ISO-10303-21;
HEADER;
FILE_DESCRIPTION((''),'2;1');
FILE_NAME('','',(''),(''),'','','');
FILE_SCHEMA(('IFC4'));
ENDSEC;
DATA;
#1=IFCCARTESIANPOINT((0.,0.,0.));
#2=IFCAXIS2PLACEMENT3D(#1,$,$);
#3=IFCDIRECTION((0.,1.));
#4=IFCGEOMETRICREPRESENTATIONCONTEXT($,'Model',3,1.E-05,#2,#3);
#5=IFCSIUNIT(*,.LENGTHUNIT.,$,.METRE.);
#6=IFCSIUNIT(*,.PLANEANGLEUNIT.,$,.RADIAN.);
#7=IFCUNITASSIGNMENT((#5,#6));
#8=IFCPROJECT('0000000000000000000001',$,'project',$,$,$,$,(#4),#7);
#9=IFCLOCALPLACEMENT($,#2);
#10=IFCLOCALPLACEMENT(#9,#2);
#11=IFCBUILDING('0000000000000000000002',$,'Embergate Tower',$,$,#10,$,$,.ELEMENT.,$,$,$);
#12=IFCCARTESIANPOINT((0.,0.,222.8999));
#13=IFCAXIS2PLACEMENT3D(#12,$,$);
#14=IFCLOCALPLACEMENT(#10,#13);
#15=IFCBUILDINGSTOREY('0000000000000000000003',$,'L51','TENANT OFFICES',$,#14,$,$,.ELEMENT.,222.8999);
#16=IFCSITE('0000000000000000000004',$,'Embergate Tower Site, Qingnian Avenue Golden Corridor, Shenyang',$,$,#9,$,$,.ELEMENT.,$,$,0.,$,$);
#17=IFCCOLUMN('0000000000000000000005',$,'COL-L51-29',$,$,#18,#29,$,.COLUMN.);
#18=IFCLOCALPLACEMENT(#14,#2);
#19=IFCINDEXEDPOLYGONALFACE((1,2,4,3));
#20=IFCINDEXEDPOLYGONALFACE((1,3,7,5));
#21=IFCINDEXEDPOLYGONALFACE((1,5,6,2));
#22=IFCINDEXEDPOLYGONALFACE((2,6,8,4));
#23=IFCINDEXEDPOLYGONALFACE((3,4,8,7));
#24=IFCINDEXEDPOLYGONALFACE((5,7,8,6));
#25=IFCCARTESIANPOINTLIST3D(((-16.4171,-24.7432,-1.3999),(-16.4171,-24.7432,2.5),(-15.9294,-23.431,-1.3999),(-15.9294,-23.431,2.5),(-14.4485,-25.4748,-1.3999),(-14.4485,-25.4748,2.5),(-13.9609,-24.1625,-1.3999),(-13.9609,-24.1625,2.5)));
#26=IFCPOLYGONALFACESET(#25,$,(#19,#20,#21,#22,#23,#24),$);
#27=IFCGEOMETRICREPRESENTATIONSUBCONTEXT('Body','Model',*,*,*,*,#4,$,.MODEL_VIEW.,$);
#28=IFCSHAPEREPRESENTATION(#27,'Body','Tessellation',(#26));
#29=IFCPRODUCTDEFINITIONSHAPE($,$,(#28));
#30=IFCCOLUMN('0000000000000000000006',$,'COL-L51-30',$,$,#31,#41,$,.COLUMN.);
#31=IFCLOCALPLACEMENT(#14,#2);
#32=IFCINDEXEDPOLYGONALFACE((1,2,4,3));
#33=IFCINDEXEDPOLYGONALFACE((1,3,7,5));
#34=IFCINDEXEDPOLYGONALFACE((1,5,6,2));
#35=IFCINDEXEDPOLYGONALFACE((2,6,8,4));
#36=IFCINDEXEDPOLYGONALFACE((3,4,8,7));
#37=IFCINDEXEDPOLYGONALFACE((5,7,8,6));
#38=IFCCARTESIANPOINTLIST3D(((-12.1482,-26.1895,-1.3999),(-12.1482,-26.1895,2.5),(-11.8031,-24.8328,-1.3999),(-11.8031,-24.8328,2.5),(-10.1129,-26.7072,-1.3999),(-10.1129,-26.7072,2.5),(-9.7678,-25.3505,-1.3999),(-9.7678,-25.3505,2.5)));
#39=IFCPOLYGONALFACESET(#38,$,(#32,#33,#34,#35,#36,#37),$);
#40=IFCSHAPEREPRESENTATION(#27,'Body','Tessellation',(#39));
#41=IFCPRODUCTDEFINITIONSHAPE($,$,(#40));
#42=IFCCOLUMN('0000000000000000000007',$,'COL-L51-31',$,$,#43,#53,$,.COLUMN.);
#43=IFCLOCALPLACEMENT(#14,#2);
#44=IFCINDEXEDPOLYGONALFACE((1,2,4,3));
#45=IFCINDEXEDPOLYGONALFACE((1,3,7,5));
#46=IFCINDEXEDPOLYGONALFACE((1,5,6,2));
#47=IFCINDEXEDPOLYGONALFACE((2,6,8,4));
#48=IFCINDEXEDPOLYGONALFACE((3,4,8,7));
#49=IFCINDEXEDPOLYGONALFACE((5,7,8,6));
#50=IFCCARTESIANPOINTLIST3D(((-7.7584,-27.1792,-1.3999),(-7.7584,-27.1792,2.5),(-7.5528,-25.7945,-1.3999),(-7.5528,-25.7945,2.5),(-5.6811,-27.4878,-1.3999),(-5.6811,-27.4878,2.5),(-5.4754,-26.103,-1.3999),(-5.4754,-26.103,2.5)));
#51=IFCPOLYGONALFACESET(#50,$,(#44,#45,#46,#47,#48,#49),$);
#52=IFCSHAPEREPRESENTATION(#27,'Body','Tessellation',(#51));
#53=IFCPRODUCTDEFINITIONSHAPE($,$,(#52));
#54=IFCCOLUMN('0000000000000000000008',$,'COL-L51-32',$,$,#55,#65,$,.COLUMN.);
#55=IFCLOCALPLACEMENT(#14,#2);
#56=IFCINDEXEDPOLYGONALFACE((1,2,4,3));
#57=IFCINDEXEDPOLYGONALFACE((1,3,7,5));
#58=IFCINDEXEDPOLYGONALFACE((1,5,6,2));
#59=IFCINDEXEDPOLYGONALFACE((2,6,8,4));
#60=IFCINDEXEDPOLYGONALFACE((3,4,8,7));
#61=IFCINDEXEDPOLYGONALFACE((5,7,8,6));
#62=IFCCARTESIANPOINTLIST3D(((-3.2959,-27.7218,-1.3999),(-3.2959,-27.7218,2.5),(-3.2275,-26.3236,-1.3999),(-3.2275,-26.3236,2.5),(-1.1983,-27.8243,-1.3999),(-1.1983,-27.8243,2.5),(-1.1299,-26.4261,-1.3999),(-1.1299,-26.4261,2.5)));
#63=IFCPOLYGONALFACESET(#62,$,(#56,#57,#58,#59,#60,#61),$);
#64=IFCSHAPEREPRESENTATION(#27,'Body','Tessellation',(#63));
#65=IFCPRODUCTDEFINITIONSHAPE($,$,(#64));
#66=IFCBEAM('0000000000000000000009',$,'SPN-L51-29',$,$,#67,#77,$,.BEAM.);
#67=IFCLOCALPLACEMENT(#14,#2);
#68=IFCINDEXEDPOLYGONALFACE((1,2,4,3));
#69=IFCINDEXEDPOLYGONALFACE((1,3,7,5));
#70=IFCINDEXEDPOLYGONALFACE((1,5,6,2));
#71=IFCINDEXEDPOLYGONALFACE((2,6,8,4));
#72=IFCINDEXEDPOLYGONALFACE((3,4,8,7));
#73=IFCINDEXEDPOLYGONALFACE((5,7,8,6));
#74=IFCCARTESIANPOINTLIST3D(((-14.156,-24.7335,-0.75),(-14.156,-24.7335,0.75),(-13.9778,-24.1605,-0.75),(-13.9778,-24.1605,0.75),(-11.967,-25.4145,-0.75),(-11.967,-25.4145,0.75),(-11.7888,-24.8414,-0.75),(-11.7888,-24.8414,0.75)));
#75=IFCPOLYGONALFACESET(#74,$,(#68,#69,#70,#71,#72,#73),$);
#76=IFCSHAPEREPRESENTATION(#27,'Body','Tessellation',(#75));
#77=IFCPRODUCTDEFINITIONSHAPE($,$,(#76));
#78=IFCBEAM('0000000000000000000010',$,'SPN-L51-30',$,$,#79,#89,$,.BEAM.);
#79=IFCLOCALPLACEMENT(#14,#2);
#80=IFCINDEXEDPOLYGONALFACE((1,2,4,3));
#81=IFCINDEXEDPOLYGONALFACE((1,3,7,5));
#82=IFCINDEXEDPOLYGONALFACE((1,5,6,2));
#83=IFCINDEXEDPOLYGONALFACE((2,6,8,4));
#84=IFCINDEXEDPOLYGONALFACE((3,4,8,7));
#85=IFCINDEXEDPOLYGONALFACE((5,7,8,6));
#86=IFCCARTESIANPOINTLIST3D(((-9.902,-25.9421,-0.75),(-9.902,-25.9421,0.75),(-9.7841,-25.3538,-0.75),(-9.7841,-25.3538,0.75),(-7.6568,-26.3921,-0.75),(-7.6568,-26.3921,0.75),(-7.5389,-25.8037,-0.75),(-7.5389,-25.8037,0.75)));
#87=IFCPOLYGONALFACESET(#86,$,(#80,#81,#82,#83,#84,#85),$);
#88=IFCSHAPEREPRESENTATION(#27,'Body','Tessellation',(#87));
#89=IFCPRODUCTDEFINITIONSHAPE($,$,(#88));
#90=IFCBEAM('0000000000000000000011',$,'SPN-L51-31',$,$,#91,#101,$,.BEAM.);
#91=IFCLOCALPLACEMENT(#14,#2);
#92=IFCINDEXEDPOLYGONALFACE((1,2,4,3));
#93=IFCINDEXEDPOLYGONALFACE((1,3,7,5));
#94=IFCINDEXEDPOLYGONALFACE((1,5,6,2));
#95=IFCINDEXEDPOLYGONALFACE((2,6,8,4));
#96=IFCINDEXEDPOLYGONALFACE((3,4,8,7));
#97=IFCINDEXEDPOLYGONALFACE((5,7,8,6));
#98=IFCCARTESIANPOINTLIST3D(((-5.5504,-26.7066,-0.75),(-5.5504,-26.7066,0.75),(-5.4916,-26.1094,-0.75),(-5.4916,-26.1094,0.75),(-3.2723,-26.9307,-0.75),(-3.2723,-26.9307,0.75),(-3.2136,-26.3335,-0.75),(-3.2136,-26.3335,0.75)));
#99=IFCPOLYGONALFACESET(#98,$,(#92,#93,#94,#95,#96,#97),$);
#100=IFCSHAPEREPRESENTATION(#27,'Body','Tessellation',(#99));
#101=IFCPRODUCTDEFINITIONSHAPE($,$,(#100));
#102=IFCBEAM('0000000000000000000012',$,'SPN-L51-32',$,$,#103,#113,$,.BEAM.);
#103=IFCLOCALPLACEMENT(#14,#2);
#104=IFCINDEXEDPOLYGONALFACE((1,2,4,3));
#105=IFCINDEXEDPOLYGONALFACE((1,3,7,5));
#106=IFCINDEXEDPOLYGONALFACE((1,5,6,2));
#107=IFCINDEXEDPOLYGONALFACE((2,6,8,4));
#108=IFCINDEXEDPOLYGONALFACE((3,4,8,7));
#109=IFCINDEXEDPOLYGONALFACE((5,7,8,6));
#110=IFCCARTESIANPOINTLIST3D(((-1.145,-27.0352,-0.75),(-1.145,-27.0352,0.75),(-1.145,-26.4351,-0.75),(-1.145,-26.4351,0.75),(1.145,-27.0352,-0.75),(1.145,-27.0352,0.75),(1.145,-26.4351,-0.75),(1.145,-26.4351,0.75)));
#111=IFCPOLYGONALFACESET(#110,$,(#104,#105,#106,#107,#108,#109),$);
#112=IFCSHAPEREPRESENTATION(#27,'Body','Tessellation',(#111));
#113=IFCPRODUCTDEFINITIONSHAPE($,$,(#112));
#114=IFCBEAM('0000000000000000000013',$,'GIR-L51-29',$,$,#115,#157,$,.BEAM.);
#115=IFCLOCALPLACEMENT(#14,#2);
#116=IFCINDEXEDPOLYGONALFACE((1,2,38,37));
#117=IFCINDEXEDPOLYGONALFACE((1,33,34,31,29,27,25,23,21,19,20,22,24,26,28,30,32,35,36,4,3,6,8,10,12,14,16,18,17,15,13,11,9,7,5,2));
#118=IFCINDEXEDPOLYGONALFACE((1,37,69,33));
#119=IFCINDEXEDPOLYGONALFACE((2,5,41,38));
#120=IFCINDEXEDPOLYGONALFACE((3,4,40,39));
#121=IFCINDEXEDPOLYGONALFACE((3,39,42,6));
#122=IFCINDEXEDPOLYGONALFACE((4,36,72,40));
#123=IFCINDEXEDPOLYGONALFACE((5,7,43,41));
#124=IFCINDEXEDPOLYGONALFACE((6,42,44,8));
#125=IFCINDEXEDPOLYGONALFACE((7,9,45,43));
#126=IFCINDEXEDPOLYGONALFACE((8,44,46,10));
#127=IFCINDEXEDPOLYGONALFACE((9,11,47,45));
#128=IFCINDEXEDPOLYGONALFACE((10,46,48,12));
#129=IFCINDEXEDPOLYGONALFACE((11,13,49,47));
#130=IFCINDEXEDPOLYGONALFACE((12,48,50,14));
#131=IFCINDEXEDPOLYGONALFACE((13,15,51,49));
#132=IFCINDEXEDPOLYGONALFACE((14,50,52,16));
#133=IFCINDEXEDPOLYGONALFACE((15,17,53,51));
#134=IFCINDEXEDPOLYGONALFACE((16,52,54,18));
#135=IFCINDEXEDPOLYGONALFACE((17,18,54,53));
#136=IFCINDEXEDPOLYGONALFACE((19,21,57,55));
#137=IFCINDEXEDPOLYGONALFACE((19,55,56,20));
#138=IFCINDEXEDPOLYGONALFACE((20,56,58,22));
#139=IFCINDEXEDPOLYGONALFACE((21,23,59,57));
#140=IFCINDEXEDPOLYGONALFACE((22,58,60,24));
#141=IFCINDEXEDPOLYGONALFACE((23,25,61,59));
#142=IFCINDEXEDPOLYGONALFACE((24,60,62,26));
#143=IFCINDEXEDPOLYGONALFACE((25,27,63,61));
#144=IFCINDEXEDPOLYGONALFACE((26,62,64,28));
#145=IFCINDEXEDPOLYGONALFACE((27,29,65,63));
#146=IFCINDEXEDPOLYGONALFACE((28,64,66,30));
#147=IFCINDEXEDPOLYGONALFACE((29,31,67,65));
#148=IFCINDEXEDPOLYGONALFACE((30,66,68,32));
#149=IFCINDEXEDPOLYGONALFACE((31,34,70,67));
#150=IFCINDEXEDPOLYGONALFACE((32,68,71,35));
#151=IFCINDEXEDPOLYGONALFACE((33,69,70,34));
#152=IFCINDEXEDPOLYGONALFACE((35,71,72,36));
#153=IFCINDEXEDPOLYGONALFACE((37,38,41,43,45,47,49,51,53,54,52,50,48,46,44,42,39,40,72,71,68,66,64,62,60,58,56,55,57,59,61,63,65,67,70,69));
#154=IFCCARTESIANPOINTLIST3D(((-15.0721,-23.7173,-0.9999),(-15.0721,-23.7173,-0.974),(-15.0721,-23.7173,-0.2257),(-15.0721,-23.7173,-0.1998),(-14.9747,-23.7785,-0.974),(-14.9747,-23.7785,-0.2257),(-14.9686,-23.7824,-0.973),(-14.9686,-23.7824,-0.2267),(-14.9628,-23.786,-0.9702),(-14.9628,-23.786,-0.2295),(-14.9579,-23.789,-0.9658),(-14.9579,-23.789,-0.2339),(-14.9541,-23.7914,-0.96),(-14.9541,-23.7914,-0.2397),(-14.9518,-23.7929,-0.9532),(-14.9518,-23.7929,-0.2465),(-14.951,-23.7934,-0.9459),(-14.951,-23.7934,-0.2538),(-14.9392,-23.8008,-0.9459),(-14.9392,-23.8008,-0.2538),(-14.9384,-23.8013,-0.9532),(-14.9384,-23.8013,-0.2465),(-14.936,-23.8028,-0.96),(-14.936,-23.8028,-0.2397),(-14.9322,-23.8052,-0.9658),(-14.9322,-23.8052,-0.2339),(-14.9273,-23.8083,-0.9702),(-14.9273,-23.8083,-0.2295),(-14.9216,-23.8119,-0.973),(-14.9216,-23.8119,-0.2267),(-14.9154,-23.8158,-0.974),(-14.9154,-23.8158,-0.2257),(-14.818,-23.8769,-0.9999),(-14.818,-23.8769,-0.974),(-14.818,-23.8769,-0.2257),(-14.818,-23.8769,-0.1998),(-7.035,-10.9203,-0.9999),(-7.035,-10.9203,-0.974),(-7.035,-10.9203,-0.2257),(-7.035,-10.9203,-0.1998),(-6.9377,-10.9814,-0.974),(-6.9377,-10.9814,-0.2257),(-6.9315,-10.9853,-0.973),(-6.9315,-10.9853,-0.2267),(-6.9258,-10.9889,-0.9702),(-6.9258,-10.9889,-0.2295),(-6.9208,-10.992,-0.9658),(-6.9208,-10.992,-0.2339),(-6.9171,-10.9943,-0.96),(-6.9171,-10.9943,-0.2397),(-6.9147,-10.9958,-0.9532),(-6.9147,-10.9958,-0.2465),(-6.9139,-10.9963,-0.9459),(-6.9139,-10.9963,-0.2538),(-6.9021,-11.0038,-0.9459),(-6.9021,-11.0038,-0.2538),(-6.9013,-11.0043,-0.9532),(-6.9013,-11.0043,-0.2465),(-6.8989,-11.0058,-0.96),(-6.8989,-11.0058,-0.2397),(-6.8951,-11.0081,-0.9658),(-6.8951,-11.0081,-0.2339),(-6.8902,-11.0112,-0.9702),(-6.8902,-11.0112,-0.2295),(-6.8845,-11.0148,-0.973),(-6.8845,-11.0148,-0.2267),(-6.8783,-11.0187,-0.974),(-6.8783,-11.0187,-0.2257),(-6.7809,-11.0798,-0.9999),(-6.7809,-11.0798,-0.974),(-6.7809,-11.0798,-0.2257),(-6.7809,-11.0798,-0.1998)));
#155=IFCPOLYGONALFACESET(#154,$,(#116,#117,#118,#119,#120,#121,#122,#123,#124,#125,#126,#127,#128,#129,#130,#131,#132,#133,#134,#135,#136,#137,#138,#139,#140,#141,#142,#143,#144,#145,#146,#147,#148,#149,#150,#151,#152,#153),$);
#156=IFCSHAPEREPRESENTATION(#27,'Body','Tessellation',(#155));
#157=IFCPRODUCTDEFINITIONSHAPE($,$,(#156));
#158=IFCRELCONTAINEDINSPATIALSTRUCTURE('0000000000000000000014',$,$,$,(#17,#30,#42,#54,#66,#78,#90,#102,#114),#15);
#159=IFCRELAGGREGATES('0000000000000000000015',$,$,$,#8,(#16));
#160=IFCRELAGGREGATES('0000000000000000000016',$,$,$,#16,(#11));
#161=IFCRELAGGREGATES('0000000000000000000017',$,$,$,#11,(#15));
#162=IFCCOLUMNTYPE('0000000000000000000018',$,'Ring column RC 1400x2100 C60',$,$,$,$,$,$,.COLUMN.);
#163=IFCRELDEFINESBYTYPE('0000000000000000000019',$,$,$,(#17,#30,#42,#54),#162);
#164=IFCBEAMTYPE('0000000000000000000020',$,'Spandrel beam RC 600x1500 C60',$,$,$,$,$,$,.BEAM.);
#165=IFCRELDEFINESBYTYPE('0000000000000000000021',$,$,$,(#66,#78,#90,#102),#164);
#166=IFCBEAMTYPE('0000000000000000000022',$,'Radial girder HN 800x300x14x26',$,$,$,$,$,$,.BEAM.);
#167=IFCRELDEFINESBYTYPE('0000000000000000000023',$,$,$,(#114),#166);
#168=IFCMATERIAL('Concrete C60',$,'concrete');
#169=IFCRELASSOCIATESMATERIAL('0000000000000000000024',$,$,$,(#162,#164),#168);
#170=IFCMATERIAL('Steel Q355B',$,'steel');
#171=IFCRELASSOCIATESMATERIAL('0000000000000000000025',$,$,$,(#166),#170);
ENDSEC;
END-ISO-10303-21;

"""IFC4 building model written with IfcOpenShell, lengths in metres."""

from ifc_helpers import new_model, si_unit, direction, frame, origin, origin_2d, place, context, subcontext, project, spatial, rectangle, i_section, extrude, source, transform, mapped, material, material_profile, profile_set, type_object, element, save


model = new_model("IFC4")

# Units and contexts
model_context = context("Model", 3, precision=1e-05, world=origin(), true_north=direction((0.0, 1.0)))
body_context = subcontext(model_context, "Body", "Model", "MODEL_VIEW")
ifc_project = project(units=[si_unit("LENGTHUNIT", "METRE"), si_unit("PLANEANGLEUNIT", "RADIAN")], contexts=[model_context])

# Site, building, storey
site_placement = place(None, origin())
site = spatial("IfcSite", under=ifc_project, at=site_placement, Name="Embergate Tower Site, Qingnian Avenue Golden Corridor, Shenyang", CompositionType="ELEMENT", RefElevation=0.0)
building_placement = place(site_placement, origin())
building = spatial("IfcBuilding", under=site, at=building_placement, Name="Embergate Tower", CompositionType="ELEMENT")
storey_placement = place(building_placement, frame((0.0, 0.0, 222.8999)))
storey = spatial("IfcBuildingStorey", under=building, at=storey_placement, Name="L51", Description="TENANT OFFICES", CompositionType="ELEMENT", Elevation=222.8999)

# Columns
ifc_material_1 = material(Name="Concrete C60", Category="concrete")
ifc_material_profile_1 = material_profile(ifc_material_1, rectangle(XDim=1.3999, YDim=2.1001, at=origin_2d()), Name="RC 1400x2100")
ifc_profile_set_1 = profile_set([ifc_material_profile_1], Name="Concrete C60")
column_type = type_object("IfcColumnType", Name="Ring column RC 1400x2100 C60", PredefinedType="COLUMN", material=ifc_profile_set_1)
shared_shape_1 = source(origin(), body_context, "Body", "SweptSolid", [
    extrude(rectangle(XDim=1.3999, YDim=2.1001, at=origin_2d()), origin(), (0.0, 0.0, 1.0), 3.8999),
])
for number, where, z_axis, x_axis, name in (
    (1, (-15.189, -24.4529, -1.3999), (0.0, 0.0, 1.0), (-0.348343, -0.937367, 0.0), "COL-L51-29"),
    (2, (-10.958, -25.77, -1.3999), (0.0, 0.0, 1.0), (-0.246509, -0.969141, 0.0), "COL-L51-30"),
    (3, (-6.6169, -26.6411, -1.3999), (0.0, 0.0, 1.0), (-0.146929, -0.989147, 0.0), "COL-L51-31"),
    (4, (-2.2129, -27.074, -1.3999), (0.0, 0.0, 1.0), (-0.048815, -0.998808, 0.0), "COL-L51-32"),
):
    element("IfcColumn", number, at=place(storey_placement, frame(where, z_axis=z_axis, x_axis=x_axis)), inside=storey, type_object=column_type, Name=name, PredefinedType="COLUMN", context=body_context, shape_type="MappedRepresentation", body=[
        mapped(shared_shape_1, transform((0.0, 0.0, 0.0))),
    ])

# Beams
ifc_material_profile_2 = material_profile(ifc_material_1, rectangle(XDim=0.6001, YDim=1.5, at=origin_2d()), Name="RC 600x1500")
ifc_profile_set_2 = profile_set([ifc_material_profile_2], Name="Concrete C60")
beam_type_1 = type_object("IfcBeamType", Name="Spandrel beam RC 600x1500 C60", PredefinedType="BEAM", material=ifc_profile_set_2)
shared_shape_2 = source(origin(), body_context, "Body", "SweptSolid", [
    extrude(rectangle(XDim=0.6001, YDim=1.5, at=origin_2d()), origin(), (0.0, 0.0, 1.0), 2.2925),
])
beam_1_placement = place(storey_placement, frame((-14.0669, -24.447, 0.0), z_axis=(0.95487, -0.297026, 0.0), x_axis=(0.297026, 0.95487, 0.0)))
element("IfcBeam", 5, at=beam_1_placement, inside=storey, type_object=beam_type_1, Name="SPN-L51-29", PredefinedType="BEAM", context=body_context, shape_type="MappedRepresentation", body=[
    mapped(shared_shape_2, transform((0.0, 0.0, 0.0))),
])
shared_shape_3 = source(origin(), body_context, "Body", "SweptSolid", [
    extrude(rectangle(XDim=0.6001, YDim=1.5, at=origin_2d()), origin(), (0.0, 0.0, 1.0), 2.2898),
])
beam_2_placement = place(storey_placement, frame((-9.843, -25.6479, 0.0), z_axis=(0.980503, -0.196506, 0.0), x_axis=(0.196506, 0.980503, 0.0)))
element("IfcBeam", 6, at=beam_2_placement, inside=storey, type_object=beam_type_1, Name="SPN-L51-30", PredefinedType="BEAM", context=body_context, shape_type="MappedRepresentation", body=[
    mapped(shared_shape_3, transform((0.0, 0.0, 0.0))),
])
shared_shape_4 = source(origin(), body_context, "Body", "SweptSolid", [
    extrude(rectangle(XDim=0.6001, YDim=1.5, at=origin_2d()), origin(), (0.0, 0.0, 1.0), 2.2891),
])
beam_3_placement = place(storey_placement, frame((-5.521, -26.408, 0.0), z_axis=(0.995195, -0.097909, 0.0), x_axis=(0.097909, 0.995195, 0.0)))
element("IfcBeam", 7, at=beam_3_placement, inside=storey, type_object=beam_type_1, Name="SPN-L51-31", PredefinedType="BEAM", context=body_context, shape_type="MappedRepresentation", body=[
    mapped(shared_shape_4, transform((0.0, 0.0, 0.0))),
])
shared_shape_5 = source(origin(), body_context, "Body", "SweptSolid", [
    extrude(rectangle(XDim=0.6001, YDim=1.5, at=origin_2d()), origin(), (0.0, 0.0, 1.0), 2.29),
])
beam_4_placement = place(storey_placement, frame((-1.145, -26.7351, 0.0), z_axis=(1.0, 0.0, 0.0), x_axis=(0.0, 1.0, 0.0)))
element("IfcBeam", 8, at=beam_4_placement, inside=storey, type_object=beam_type_1, Name="SPN-L51-32", PredefinedType="BEAM", context=body_context, shape_type="MappedRepresentation", body=[
    mapped(shared_shape_5, transform((0.0, 0.0, 0.0))),
])
ifc_material_2 = material(Name="Steel Q355B", Category="steel")
ifc_material_profile_3 = material_profile(ifc_material_2, i_section(OverallWidth=0.3, OverallDepth=0.8, WebThickness=0.0139, FlangeThickness=0.0259, FilletRadius=0.0281, at=origin_2d()), Name="HN 800x300x14x26")
ifc_profile_set_3 = profile_set([ifc_material_profile_3], Name="Steel Q355 grade B")
beam_type_2 = type_object("IfcBeamType", Name="Radial girder HN 800x300x14x26", PredefinedType="BEAM", material=ifc_profile_set_3)
shared_shape_6 = source(origin(), body_context, "Body", "SweptSolid", [
    extrude(i_section(OverallWidth=0.3, OverallDepth=0.8, WebThickness=0.0139, FlangeThickness=0.0259, FilletRadius=0.0281, at=origin_2d()), origin(), (0.0, 0.0, 1.0), 15.1116),
])
beam_5_placement = place(storey_placement, frame((-14.9451, -23.7971, -0.5999), z_axis=(0.531849, 0.846839, 0.0), x_axis=(-0.846839, 0.531849, 0.0)))
element("IfcBeam", 9, at=beam_5_placement, inside=storey, type_object=beam_type_2, Name="GIR-L51-29", PredefinedType="BEAM", context=body_context, shape_type="MappedRepresentation", body=[
    mapped(shared_shape_6, transform((0.0, 0.0, 0.0))),
])

save(model, "model.ifc")
